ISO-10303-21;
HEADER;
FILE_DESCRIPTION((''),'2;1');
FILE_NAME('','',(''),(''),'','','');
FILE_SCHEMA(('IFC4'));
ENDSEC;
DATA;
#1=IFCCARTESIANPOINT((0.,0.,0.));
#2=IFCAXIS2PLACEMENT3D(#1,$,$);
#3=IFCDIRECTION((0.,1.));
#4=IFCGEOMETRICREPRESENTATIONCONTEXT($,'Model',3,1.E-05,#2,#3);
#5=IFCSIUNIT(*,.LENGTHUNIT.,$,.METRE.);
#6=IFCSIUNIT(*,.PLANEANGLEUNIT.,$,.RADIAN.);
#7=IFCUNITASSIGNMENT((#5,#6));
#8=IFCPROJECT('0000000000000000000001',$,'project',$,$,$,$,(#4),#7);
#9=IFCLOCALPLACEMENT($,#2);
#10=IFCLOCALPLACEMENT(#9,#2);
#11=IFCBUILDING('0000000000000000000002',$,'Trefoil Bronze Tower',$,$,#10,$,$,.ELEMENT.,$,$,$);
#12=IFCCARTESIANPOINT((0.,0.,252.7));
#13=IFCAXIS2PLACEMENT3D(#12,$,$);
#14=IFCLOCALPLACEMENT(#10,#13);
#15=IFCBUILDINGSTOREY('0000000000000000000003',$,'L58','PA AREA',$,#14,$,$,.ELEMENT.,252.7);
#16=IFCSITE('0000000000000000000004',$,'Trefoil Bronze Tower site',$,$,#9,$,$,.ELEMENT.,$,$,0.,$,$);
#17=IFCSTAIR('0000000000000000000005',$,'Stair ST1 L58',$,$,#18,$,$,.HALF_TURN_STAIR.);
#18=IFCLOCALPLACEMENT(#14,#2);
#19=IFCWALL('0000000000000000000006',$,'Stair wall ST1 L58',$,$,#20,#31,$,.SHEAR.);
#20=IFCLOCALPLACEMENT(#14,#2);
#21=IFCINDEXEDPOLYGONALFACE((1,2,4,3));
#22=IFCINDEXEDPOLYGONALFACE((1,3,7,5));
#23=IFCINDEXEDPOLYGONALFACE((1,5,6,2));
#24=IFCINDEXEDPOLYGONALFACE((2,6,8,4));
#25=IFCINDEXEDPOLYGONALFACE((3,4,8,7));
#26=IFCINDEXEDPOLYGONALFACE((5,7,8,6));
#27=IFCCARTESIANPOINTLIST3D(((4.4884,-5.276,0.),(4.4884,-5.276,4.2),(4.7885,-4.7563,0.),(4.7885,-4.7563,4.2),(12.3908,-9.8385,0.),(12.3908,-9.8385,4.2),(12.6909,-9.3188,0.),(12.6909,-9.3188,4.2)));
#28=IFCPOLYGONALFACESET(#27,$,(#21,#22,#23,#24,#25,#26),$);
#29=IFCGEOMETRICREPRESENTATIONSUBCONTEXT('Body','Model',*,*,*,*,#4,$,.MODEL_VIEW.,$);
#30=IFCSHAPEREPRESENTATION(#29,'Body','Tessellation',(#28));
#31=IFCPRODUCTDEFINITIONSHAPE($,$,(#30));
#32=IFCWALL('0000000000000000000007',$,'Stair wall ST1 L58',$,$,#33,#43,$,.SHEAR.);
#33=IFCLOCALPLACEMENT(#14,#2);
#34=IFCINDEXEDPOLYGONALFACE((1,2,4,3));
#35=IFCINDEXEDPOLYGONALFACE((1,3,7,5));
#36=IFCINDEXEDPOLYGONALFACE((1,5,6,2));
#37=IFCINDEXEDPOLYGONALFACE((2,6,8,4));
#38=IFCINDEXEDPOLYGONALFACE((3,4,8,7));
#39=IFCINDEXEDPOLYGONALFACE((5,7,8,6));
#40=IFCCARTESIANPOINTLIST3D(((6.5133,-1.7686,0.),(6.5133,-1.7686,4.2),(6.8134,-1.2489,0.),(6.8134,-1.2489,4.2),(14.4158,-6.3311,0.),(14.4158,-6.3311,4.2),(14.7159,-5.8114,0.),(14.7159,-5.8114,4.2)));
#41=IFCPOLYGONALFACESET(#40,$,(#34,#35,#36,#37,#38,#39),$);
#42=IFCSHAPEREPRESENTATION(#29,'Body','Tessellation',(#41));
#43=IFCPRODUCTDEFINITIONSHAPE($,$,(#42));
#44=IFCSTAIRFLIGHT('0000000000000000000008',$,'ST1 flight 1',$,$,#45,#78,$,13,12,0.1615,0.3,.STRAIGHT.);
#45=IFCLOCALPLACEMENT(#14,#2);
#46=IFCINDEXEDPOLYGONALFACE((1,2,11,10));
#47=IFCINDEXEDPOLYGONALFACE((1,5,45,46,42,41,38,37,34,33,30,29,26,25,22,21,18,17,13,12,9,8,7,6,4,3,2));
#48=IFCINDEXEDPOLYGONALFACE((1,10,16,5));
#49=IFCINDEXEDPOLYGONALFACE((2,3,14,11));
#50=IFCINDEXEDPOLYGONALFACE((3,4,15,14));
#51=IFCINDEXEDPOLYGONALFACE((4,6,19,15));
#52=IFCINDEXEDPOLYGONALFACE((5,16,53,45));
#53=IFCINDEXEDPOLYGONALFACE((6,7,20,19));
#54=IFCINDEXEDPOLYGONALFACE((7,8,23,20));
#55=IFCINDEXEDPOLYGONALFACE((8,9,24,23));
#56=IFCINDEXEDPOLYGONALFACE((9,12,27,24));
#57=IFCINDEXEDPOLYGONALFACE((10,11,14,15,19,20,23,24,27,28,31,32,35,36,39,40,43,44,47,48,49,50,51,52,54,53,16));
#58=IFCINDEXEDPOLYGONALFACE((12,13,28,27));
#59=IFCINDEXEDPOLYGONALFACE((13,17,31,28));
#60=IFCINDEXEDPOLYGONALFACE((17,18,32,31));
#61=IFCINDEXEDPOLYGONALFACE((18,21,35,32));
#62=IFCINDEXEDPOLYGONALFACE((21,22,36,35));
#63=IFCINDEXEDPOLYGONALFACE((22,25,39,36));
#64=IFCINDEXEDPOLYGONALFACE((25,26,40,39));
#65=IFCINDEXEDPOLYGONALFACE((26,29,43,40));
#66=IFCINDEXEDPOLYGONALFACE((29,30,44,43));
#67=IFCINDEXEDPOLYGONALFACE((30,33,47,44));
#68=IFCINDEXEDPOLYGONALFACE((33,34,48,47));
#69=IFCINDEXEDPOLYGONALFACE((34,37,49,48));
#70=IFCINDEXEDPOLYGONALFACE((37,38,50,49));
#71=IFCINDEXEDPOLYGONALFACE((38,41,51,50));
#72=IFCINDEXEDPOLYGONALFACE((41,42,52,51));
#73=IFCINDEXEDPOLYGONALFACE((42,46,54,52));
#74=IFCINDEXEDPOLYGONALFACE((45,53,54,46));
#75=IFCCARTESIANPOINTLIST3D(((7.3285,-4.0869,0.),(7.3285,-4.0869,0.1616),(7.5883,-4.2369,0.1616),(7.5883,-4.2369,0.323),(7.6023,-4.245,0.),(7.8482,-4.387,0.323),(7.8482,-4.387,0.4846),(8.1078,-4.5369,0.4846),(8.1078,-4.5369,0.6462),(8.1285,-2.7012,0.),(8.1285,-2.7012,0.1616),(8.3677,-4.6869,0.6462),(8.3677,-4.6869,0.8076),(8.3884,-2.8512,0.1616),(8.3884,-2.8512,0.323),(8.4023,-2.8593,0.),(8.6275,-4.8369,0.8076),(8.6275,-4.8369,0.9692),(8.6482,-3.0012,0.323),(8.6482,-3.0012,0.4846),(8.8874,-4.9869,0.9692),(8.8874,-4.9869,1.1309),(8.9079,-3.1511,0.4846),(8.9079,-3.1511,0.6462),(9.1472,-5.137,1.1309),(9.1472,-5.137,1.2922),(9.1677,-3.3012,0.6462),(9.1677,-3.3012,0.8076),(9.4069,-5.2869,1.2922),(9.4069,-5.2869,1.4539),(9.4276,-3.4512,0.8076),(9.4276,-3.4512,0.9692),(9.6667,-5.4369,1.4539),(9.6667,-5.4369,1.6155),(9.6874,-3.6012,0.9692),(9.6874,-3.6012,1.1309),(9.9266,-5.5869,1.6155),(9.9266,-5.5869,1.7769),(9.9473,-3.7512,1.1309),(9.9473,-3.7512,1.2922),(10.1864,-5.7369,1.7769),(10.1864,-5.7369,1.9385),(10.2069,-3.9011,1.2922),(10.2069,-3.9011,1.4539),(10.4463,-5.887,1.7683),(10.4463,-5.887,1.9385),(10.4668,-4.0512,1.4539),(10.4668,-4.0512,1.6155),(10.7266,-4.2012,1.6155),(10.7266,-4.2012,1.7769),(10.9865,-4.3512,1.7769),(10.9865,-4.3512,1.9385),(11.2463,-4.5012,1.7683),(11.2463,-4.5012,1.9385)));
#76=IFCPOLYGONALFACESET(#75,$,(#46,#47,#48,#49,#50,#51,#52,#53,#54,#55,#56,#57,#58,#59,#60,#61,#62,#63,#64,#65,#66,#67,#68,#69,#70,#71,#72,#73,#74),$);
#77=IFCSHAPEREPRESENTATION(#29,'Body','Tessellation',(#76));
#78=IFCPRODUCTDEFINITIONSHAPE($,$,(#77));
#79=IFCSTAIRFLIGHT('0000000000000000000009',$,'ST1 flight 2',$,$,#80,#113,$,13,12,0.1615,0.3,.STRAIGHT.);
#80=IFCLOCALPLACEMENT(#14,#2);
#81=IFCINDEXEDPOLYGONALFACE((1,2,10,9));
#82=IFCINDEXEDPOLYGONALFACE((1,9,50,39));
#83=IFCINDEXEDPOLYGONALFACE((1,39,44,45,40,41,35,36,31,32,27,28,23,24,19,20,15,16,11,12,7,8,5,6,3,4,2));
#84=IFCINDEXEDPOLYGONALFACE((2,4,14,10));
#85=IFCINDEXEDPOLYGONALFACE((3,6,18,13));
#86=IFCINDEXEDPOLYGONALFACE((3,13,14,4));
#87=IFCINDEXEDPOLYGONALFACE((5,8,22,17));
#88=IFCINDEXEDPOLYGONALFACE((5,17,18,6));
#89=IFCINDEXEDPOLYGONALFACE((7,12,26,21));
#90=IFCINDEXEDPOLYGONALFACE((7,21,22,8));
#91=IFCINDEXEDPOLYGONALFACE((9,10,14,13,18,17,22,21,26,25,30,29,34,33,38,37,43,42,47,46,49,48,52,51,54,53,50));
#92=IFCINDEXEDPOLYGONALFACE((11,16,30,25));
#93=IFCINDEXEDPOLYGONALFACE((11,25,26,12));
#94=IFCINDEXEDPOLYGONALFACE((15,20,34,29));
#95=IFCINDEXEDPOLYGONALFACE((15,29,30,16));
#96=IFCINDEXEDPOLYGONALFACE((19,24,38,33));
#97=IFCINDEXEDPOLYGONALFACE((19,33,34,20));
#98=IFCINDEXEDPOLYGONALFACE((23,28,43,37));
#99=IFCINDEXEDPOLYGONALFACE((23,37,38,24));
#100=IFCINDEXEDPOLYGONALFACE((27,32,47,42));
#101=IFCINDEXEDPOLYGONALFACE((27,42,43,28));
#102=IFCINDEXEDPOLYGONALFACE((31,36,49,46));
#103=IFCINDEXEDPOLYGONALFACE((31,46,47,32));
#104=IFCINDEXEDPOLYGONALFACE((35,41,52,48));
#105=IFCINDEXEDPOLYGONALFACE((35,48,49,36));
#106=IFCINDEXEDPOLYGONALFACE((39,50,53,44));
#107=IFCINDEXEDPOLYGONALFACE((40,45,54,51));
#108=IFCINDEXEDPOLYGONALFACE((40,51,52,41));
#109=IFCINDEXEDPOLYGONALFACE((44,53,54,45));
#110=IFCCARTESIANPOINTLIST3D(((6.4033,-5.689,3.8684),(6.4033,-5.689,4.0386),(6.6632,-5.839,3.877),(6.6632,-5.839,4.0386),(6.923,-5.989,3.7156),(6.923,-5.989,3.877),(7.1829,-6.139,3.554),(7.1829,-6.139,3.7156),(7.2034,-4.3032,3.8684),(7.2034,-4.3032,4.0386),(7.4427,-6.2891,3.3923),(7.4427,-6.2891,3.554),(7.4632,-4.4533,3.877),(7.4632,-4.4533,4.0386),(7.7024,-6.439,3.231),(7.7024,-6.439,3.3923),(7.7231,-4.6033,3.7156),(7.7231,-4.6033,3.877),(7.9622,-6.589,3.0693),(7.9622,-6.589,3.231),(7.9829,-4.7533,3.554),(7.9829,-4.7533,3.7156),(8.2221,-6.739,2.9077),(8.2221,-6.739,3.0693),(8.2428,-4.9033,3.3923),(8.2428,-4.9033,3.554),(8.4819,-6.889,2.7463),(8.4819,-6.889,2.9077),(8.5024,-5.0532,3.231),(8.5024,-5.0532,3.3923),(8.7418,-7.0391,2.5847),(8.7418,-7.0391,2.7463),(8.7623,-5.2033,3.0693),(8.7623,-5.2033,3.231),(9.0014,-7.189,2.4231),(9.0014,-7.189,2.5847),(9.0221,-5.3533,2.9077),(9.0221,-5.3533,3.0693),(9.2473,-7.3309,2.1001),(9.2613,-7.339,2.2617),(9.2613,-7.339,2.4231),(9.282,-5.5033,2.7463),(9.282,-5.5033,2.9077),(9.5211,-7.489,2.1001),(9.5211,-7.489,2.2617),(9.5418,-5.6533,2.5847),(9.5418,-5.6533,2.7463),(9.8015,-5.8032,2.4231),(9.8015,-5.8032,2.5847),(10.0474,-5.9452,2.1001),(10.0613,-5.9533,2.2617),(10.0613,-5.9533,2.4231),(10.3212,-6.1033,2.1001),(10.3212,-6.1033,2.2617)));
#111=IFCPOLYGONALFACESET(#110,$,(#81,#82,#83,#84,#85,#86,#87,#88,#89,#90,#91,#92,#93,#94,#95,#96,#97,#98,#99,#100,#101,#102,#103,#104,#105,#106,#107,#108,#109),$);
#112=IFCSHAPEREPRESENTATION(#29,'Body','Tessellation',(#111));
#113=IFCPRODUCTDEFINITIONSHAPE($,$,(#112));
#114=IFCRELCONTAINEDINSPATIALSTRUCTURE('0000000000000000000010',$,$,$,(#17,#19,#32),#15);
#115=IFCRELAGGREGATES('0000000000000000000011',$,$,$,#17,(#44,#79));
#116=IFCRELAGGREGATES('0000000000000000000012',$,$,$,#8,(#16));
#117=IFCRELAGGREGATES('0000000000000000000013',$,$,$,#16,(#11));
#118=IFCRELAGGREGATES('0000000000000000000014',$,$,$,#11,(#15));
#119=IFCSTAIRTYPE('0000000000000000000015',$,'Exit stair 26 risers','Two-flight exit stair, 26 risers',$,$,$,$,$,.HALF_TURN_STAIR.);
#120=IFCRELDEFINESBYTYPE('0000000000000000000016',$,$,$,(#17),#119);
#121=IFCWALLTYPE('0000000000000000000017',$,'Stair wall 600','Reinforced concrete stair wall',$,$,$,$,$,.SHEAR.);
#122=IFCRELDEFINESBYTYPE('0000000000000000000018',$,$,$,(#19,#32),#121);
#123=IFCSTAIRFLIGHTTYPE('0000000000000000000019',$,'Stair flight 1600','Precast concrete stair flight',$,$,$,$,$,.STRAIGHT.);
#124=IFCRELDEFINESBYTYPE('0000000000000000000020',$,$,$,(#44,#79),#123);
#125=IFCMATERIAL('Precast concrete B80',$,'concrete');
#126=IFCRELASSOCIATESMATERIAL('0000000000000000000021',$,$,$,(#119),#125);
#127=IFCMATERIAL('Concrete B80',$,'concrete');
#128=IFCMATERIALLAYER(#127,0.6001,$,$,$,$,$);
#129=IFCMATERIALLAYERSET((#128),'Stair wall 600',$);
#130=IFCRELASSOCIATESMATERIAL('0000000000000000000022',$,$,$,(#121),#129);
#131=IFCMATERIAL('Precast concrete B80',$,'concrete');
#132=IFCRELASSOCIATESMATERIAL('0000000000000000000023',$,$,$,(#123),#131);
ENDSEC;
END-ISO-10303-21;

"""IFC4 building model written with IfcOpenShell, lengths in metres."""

from ifc_helpers import new_model, si_unit, direction, frame, frame_2d, origin, place, context, subcontext, project, spatial, polyline, rectangle, outline, extrude, material, layer, layer_set, type_object, element, aggregate, save


model = new_model("IFC4")

# Units and contexts
model_context = context("Model", 3, precision=1e-05, world=origin(), true_north=direction((0.0, 1.0)))
body_context = subcontext(model_context, "Body", "Model", "MODEL_VIEW")
ifc_project = project(units=[si_unit("LENGTHUNIT", "METRE"), si_unit("PLANEANGLEUNIT", "RADIAN")], contexts=[model_context])

# Site, building, storey
site_placement = place(None, origin())
site = spatial("IfcSite", under=ifc_project, at=site_placement, Name="Trefoil Bronze Tower site", CompositionType="ELEMENT", RefElevation=0.0)
building_placement = place(site_placement, origin())
building = spatial("IfcBuilding", under=site, at=building_placement, Name="Trefoil Bronze Tower", CompositionType="ELEMENT")
storey_placement = place(building_placement, frame((0.0, 0.0, 252.7)))
storey = spatial("IfcBuildingStorey", under=building, at=storey_placement, Name="L58", Description="PA AREA", CompositionType="ELEMENT", Elevation=252.7)

# Stair
ifc_material_1 = material(Name="Precast concrete B80", Category="concrete")
stair_type = type_object("IfcStairType", Name="Exit stair 26 risers", Description="Two-flight exit stair, 26 risers", PredefinedType="HALF_TURN_STAIR", material=ifc_material_1)
stair_1_placement = place(storey_placement, origin())
stair_1 = element("IfcStair", 1, at=stair_1_placement, inside=storey, type_object=stair_type, Name="Stair ST1 L58", PredefinedType="HALF_TURN_STAIR")

# Walls
ifc_material_2 = material(Name="Concrete B80", Category="concrete")
ifc_layer_1 = layer(ifc_material_2, 0.6001)
ifc_layer_set_1 = layer_set([ifc_layer_1], Name="Stair wall 600")
wall_type_1 = type_object("IfcWallType", Name="Stair wall 600", Description="Reinforced concrete stair wall", PredefinedType="SHEAR", material=ifc_layer_set_1)
for number, where, z_axis, x_axis, name in (
    (2, (4.6384, -5.0161, 0.0), (0.0, 0.0, 1.0), (0.866022, -0.500007, 0.0), "Stair wall ST1 L58"),
    (3, (6.6633, -1.5088, 0.0), (0.0, 0.0, 1.0), (0.866028, -0.499995, 0.0), "Stair wall ST1 L58"),
):
    element("IfcWall", number, at=place(storey_placement, frame(where, z_axis=z_axis, x_axis=x_axis)), inside=storey, type_object=wall_type_1, Name=name, PredefinedType="SHEAR", context=body_context, shape_type="SweptSolid", body=[
        extrude(rectangle(XDim=9.125, YDim=0.6001, at=frame_2d((4.5625, 0.0))), origin(), (0.0, 0.0, 1.0), 4.2),
    ])

# Stair flights
ifc_material_3 = material(Name="Precast concrete B80", Category="concrete")
stair_flight_type = type_object("IfcStairFlightType", Name="Stair flight 1600", Description="Precast concrete stair flight", PredefinedType="STRAIGHT", material=ifc_material_3)
stair_flight_1_placement = place(storey_placement, frame((7.7285, -3.394, 0.0), z_axis=(0.0, 0.0, 1.0), x_axis=(0.866025, -0.5, 0.0)))
stair_flight_1 = element("IfcStairFlight", 4, at=stair_flight_1_placement, type_object=stair_flight_type, Name="ST1 flight 1", NumberOfRisers=13, NumberOfTreads=12, PredefinedType="STRAIGHT", RiserHeight=0.1615, TreadLength=0.3, context=body_context, shape_type="SweptSolid", body=[
    extrude(outline(polyline([(0.0, 0.0), (0.0, 0.1616), (0.3, 0.1616), (0.3, 0.323), (0.6001, 0.323), (0.6001, 0.4846), (0.8999, 0.4846), (0.8999, 0.6462), (1.2, 0.6462), (1.2, 0.8076), (1.5, 0.8076), (1.5, 0.9692), (1.8, 0.9692), (1.8, 1.1309), (2.1001, 1.1309), (2.1001, 1.2922), (2.3999, 1.2922), (2.3999, 1.4539), (2.7, 1.4539), (2.7, 1.6155), (3.0, 1.6155), (3.0, 1.7769), (3.3, 1.7769), (3.3, 1.9385), (3.6001, 1.9385), (3.6001, 2.1001), (3.6001, 1.7683), (0.3162, 0.0), (0.0, 0.0)])), frame((0.0, 0.8, 0.0), z_axis=(0.0, -1.0, 0.0), x_axis=(1.0, 0.0, 0.0)), (0.0, 0.0, 1.0), 1.6001),
])
stair_flight_2_placement = place(storey_placement, frame((9.9211, -6.7961, 2.1001), z_axis=(0.0, 0.0, 1.0), x_axis=(-0.866025, 0.5, 0.0)))
stair_flight_2 = element("IfcStairFlight", 5, at=stair_flight_2_placement, type_object=stair_flight_type, Name="ST1 flight 2", NumberOfRisers=13, NumberOfTreads=12, PredefinedType="STRAIGHT", RiserHeight=0.1615, TreadLength=0.3, context=body_context, shape_type="SweptSolid", body=[
    extrude(outline(polyline([(0.0, 0.0), (0.0, 0.1616), (0.3, 0.1616), (0.3, 0.323), (0.6001, 0.323), (0.6001, 0.4846), (0.8999, 0.4846), (0.8999, 0.6462), (1.2, 0.6462), (1.2, 0.8076), (1.5, 0.8076), (1.5, 0.9692), (1.8, 0.9692), (1.8, 1.1309), (2.1001, 1.1309), (2.1001, 1.2922), (2.3999, 1.2922), (2.3999, 1.4539), (2.7, 1.4539), (2.7, 1.6155), (3.0, 1.6155), (3.0, 1.7769), (3.3, 1.7769), (3.3, 1.9385), (3.6001, 1.9385), (3.6001, 2.1001), (3.6001, 1.7683), (0.3162, 0.0), (0.0, 0.0)])), frame((0.0, 0.8, 0.0), z_axis=(0.0, -1.0, 0.0), x_axis=(1.0, 0.0, 0.0)), (0.0, 0.0, 1.0), 1.6001),
])
aggregate(stair_1, [stair_flight_1, stair_flight_2])

save(model, "model.ifc")
